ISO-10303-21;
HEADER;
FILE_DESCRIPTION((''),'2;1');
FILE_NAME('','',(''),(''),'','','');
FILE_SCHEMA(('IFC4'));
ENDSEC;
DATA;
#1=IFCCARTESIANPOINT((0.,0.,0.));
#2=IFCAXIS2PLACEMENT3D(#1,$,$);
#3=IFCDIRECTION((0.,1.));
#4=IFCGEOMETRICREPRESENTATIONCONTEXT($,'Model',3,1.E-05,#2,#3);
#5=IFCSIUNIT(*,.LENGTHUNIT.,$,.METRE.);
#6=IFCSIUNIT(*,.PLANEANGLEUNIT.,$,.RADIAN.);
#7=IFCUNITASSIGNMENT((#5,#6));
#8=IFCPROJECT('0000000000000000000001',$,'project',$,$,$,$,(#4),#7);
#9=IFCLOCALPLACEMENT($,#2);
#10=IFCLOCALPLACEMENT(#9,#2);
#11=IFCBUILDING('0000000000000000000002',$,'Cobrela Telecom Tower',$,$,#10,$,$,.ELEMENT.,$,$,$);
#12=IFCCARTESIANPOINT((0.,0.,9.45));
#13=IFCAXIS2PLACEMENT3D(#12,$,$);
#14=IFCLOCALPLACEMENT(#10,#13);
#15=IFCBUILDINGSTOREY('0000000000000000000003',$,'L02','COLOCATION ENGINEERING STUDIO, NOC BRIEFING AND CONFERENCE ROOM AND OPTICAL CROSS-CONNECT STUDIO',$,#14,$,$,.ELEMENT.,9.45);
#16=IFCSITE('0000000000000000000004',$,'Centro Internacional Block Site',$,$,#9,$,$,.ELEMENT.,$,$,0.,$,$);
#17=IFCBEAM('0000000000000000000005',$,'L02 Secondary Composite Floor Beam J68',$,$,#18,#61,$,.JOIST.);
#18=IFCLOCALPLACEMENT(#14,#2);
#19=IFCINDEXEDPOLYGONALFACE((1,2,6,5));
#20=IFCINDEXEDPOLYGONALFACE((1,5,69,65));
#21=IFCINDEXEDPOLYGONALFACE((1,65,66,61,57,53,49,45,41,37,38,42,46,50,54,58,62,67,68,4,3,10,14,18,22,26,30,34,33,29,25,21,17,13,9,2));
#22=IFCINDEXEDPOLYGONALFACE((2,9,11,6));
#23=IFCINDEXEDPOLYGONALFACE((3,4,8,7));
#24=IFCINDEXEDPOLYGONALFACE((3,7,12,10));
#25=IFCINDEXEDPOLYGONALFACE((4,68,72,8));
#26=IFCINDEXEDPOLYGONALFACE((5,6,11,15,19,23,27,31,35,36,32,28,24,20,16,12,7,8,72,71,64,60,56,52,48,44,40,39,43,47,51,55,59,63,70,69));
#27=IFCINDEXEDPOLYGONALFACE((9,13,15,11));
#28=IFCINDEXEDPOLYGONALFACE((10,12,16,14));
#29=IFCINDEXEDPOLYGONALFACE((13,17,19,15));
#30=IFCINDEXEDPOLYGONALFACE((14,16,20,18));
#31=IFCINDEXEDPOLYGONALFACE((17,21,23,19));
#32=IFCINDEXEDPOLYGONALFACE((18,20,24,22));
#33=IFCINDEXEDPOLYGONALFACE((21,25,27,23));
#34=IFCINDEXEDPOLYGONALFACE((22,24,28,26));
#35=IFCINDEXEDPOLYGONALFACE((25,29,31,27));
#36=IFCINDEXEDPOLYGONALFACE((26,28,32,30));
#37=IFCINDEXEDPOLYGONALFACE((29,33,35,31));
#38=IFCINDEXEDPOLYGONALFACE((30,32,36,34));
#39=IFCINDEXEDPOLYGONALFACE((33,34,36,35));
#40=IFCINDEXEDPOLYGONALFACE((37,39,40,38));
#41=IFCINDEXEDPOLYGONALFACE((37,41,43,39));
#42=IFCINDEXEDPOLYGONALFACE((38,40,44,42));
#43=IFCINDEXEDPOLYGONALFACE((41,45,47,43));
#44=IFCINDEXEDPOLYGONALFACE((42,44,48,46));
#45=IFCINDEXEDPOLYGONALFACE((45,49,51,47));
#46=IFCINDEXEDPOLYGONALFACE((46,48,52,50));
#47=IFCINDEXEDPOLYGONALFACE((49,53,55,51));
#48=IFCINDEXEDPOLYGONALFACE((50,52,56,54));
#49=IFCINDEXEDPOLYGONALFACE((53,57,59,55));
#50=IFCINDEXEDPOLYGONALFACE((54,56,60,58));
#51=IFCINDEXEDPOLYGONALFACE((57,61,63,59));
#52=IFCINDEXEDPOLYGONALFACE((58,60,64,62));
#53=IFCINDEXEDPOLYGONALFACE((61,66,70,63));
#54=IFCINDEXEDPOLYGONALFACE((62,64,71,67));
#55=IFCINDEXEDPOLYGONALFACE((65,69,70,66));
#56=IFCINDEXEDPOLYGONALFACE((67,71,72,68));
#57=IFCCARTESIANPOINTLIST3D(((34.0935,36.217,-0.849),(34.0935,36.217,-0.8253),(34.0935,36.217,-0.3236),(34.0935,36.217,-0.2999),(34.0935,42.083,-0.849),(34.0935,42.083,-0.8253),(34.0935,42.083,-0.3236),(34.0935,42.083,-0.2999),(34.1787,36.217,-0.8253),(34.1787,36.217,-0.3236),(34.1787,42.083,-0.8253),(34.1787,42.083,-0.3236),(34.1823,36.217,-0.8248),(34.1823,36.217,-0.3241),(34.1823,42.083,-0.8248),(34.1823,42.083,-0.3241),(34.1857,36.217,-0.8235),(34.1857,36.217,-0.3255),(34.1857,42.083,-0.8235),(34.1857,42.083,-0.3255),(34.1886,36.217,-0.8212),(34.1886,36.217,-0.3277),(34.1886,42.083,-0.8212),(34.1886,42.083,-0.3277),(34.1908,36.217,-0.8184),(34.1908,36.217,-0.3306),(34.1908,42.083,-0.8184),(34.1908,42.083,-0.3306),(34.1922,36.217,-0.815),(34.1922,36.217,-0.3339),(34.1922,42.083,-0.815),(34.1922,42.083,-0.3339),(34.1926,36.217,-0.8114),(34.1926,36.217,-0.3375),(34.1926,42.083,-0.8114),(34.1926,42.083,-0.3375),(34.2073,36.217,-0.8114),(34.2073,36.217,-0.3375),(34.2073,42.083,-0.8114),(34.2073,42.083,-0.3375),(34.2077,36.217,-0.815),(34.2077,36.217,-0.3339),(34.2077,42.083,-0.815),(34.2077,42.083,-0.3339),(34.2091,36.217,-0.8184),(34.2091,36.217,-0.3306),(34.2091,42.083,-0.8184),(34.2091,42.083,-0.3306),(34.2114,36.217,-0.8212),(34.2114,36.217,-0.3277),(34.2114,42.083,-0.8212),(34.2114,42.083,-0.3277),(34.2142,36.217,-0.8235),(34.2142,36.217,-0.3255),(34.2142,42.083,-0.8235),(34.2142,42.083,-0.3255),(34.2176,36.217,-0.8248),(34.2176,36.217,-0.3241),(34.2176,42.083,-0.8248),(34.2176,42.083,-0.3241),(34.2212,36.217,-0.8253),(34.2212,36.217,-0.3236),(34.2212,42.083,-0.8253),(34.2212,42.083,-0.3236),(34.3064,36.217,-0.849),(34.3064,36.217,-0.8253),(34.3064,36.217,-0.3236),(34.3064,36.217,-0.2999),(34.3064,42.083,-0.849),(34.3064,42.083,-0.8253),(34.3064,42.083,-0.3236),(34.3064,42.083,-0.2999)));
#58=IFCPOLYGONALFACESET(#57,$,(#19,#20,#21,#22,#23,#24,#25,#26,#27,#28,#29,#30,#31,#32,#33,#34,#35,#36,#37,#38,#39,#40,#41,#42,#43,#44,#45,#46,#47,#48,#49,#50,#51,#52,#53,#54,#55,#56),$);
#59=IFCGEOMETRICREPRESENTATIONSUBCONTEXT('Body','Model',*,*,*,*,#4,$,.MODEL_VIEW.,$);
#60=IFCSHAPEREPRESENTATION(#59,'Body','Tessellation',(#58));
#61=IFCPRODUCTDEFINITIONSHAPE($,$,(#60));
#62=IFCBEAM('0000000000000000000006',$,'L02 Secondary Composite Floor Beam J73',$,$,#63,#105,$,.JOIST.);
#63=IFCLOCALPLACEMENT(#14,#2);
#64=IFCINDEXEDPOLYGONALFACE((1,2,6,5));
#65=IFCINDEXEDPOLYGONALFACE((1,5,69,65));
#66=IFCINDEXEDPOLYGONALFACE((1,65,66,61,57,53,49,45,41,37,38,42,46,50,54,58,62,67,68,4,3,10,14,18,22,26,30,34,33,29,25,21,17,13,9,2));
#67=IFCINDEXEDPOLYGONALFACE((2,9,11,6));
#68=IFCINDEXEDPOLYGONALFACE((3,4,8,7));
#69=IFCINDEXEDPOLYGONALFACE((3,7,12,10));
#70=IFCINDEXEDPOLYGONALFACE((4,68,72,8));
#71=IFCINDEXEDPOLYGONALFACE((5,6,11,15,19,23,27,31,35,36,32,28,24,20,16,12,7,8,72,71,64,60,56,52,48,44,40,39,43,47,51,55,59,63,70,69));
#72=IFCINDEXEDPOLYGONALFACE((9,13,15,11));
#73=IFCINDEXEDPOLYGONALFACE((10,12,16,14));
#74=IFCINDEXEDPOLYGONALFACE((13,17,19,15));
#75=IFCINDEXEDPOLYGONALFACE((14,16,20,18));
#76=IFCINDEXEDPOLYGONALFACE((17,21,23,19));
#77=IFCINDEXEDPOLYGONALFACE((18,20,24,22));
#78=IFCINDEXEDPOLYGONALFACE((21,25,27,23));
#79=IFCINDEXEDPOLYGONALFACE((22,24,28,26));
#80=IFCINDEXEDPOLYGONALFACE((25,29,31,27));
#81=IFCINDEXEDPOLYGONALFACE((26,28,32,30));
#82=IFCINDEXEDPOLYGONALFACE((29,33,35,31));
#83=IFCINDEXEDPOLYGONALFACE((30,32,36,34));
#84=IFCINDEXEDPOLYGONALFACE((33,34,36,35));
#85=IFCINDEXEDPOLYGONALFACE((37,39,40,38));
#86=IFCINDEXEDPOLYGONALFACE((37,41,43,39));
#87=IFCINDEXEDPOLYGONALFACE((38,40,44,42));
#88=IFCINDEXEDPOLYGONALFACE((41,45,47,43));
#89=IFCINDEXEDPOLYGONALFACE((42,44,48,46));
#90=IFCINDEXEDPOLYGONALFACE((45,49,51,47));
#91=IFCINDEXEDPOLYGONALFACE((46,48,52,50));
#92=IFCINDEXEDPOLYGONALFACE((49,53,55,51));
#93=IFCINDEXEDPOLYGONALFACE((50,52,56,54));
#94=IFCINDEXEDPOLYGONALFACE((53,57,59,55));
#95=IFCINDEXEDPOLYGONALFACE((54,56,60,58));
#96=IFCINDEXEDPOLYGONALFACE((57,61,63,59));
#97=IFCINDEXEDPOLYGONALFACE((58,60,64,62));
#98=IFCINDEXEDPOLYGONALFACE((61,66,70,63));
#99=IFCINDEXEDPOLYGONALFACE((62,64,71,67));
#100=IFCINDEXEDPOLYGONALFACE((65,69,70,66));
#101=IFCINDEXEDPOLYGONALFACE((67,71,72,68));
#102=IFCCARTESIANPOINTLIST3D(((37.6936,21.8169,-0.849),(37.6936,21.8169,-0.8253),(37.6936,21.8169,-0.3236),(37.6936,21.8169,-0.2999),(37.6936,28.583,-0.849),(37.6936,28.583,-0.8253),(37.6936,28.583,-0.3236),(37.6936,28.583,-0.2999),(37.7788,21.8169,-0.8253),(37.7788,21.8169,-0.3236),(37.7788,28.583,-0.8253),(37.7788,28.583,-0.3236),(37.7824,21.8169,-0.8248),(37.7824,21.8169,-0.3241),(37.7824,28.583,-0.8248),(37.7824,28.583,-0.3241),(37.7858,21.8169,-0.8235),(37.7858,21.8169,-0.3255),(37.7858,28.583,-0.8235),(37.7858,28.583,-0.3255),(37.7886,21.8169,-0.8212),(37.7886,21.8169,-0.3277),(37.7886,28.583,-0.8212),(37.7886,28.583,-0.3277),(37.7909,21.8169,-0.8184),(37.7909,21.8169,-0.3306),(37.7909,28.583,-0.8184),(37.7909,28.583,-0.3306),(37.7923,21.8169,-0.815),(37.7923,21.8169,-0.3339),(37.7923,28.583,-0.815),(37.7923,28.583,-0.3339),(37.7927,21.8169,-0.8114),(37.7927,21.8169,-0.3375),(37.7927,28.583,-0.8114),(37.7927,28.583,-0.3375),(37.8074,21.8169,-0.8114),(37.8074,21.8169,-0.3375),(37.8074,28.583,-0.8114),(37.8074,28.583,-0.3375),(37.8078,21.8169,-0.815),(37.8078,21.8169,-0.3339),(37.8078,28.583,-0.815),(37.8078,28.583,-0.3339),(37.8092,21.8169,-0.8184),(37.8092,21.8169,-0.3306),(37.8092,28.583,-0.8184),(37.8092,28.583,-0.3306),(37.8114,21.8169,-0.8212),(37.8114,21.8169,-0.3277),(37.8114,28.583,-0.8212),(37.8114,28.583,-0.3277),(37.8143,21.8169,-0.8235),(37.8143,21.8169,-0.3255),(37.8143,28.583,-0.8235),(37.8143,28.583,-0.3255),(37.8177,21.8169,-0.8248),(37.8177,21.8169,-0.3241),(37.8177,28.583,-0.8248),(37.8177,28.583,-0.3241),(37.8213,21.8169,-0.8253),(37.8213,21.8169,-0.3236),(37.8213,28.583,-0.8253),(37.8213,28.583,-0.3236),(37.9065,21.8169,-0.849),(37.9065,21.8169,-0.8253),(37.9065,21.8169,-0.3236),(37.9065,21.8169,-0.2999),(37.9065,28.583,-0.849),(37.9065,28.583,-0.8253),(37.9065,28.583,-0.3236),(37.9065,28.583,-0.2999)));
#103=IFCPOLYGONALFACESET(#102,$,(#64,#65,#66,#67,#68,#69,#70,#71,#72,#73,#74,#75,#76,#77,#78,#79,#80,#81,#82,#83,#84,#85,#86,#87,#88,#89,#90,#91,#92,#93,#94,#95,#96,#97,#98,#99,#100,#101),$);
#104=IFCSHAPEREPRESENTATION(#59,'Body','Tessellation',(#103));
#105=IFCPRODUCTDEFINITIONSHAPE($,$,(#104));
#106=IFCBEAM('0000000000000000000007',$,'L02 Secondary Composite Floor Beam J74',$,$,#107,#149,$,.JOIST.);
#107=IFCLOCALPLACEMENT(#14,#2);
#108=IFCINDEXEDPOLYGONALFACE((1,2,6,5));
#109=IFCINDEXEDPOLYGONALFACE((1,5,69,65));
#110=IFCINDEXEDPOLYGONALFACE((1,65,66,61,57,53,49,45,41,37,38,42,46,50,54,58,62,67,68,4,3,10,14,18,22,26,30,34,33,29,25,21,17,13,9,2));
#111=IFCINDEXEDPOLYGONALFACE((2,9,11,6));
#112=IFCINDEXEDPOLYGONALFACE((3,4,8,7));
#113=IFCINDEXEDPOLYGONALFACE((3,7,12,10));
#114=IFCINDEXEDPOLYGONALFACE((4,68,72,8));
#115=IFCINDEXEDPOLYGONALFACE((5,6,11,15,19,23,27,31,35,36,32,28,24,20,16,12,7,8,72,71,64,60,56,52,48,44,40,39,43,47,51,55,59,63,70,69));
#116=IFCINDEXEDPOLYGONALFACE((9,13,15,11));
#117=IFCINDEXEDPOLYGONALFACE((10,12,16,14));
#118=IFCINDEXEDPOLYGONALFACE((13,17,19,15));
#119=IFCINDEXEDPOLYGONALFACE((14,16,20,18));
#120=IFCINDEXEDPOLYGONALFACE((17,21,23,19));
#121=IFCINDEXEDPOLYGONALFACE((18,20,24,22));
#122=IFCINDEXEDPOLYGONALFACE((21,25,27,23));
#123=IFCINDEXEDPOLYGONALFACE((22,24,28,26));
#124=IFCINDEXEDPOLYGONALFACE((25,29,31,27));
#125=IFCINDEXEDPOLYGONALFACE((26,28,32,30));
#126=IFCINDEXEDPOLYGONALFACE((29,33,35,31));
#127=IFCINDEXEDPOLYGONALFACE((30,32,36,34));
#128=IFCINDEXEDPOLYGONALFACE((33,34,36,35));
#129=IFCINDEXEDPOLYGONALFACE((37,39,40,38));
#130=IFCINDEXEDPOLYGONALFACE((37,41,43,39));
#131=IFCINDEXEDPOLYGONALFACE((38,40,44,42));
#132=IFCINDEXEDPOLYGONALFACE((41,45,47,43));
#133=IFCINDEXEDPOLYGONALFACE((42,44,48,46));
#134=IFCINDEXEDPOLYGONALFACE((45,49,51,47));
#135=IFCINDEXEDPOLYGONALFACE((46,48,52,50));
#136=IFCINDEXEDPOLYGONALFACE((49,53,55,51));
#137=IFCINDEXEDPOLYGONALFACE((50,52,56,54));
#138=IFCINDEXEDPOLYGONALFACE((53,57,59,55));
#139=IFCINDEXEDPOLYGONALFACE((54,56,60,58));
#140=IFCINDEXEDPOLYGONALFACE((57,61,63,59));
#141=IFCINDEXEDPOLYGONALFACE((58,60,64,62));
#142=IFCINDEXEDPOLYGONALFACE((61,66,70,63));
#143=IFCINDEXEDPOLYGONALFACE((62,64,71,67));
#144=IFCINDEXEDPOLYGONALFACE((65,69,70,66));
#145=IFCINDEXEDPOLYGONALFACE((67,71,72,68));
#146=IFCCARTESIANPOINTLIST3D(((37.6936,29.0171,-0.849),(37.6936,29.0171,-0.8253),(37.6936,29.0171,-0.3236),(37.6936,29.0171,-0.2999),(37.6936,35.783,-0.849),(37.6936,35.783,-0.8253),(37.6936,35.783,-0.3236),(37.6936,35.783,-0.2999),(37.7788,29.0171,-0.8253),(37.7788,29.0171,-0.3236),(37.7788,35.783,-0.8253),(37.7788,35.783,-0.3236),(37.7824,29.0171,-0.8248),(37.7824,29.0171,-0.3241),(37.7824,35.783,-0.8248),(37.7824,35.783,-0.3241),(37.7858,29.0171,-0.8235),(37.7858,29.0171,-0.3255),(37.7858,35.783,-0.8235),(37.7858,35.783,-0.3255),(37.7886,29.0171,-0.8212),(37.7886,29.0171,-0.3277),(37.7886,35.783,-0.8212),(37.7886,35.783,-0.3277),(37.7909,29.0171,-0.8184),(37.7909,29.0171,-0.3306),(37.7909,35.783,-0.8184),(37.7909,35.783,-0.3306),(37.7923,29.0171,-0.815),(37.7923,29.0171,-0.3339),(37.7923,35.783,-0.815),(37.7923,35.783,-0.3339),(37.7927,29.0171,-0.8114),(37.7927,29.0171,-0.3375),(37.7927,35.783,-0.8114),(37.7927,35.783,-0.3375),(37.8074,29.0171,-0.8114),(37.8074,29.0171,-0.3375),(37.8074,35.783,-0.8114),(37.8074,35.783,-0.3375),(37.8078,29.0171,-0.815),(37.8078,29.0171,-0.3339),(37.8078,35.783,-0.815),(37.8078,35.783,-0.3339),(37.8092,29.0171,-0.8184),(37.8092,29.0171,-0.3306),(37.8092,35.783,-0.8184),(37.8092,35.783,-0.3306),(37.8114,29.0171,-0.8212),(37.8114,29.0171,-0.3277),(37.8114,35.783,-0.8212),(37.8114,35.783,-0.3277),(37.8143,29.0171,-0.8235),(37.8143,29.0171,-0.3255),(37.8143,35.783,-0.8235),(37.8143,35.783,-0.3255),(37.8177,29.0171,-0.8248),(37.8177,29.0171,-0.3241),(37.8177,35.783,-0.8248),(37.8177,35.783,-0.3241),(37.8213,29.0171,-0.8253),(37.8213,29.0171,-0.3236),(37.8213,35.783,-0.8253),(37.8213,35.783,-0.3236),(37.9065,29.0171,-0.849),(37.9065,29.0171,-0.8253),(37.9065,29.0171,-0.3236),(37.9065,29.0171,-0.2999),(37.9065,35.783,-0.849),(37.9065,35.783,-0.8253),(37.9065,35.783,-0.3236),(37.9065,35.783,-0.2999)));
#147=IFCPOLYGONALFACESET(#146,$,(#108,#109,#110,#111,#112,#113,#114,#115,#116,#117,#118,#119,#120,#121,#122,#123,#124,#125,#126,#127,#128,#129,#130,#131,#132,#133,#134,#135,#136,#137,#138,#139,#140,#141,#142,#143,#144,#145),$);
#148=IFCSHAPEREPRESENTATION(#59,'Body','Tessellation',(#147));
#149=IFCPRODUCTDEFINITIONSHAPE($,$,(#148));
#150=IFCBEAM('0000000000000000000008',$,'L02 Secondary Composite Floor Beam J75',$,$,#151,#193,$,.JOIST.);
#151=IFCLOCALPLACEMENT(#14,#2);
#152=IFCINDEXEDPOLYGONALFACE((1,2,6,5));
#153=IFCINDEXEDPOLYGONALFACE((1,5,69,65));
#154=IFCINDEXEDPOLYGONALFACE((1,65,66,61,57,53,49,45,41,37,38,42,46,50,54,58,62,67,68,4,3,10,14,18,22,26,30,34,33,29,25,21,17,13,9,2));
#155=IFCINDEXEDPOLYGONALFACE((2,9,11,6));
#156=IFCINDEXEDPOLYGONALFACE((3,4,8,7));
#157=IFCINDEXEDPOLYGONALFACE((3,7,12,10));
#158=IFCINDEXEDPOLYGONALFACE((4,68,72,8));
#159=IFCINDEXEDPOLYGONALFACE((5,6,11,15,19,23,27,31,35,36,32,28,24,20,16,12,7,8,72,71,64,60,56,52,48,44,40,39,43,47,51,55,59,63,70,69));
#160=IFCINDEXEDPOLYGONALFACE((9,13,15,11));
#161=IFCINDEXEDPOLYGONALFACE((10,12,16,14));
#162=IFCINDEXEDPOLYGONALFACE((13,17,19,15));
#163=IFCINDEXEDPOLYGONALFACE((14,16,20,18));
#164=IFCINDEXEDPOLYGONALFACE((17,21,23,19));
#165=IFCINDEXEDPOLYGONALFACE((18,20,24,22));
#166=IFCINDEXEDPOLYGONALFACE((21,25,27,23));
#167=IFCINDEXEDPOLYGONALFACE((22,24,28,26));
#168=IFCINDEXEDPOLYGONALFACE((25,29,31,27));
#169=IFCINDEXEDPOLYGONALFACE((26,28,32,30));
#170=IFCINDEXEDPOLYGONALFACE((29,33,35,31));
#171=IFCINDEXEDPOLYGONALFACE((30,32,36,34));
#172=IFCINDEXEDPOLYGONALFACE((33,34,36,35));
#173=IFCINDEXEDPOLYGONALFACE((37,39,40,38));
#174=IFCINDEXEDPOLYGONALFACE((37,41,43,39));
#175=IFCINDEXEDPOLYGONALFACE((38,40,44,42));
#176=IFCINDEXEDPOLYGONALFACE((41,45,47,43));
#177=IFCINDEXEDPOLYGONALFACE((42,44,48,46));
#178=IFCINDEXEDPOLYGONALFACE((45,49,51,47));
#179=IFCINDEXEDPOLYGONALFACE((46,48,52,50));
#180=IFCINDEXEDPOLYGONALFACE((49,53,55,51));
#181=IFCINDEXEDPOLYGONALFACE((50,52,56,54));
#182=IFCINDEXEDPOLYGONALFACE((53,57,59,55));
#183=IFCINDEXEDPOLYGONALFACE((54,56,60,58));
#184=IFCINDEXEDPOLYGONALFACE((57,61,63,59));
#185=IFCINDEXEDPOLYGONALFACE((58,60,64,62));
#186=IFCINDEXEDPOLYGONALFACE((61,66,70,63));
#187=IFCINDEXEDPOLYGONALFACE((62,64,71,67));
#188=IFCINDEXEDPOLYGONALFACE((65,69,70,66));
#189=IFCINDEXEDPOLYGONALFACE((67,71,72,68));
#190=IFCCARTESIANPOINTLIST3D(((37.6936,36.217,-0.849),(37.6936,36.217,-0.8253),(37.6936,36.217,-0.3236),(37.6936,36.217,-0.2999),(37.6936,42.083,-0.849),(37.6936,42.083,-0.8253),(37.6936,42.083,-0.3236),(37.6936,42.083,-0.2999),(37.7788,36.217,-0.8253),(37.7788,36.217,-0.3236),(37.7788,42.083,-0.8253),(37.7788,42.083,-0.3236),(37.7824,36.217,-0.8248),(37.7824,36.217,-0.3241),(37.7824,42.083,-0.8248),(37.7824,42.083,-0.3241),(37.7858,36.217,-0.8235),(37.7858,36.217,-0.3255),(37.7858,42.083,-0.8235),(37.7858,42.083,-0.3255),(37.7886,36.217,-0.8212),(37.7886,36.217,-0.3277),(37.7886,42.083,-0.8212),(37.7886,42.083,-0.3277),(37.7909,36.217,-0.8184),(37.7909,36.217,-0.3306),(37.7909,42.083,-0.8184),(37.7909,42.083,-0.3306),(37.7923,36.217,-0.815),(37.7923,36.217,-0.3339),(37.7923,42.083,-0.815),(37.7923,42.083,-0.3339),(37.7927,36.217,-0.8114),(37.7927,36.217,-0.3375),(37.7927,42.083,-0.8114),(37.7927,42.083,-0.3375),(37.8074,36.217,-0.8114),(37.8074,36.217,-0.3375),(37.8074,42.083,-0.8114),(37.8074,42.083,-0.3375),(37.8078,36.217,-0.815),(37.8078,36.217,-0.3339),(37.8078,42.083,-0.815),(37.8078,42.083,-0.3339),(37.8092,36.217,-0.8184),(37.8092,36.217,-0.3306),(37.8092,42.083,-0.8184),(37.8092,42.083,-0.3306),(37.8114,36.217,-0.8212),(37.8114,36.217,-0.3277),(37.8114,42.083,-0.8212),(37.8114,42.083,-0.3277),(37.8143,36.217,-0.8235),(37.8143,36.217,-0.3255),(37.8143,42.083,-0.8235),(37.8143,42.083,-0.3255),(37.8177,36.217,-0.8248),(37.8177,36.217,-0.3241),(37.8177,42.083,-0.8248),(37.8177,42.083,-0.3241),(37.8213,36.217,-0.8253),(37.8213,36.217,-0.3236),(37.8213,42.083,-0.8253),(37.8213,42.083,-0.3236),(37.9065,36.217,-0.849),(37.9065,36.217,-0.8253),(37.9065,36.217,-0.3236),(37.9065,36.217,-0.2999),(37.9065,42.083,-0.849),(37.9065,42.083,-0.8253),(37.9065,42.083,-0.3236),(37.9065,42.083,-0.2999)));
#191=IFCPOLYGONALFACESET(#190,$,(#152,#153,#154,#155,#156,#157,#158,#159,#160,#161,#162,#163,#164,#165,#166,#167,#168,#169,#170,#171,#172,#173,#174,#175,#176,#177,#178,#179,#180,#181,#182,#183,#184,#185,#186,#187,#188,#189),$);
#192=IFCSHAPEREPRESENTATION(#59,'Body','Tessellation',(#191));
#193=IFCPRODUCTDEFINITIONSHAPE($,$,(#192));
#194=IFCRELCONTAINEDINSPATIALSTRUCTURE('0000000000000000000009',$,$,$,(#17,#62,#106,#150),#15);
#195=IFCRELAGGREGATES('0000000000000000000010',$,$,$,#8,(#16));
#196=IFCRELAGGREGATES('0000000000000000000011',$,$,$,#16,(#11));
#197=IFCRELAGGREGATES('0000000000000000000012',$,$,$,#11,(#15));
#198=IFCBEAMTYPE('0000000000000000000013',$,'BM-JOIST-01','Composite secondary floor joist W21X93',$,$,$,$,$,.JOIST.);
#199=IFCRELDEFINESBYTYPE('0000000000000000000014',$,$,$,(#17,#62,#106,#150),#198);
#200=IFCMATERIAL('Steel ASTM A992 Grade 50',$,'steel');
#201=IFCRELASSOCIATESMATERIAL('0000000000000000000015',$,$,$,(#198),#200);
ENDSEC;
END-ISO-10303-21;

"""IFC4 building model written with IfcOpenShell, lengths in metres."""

from ifc_helpers import new_model, si_unit, direction, frame, origin, origin_2d, place, context, subcontext, project, spatial, i_section, extrude, material, material_profile, profile_set, type_object, element, save


model = new_model("IFC4")

# Units and contexts
model_context = context("Model", 3, precision=1e-05, world=origin(), true_north=direction((0.0, 1.0)))
body_context = subcontext(model_context, "Body", "Model", "MODEL_VIEW")
ifc_project = project(units=[si_unit("LENGTHUNIT", "METRE"), si_unit("PLANEANGLEUNIT", "RADIAN")], contexts=[model_context])

# Site, building, storey
site_placement = place(None, origin())
site = spatial("IfcSite", under=ifc_project, at=site_placement, Name="Centro Internacional Block Site", CompositionType="ELEMENT", RefElevation=0.0)
building_placement = place(site_placement, origin())
building = spatial("IfcBuilding", under=site, at=building_placement, Name="Cobrela Telecom Tower", CompositionType="ELEMENT")
storey_placement = place(building_placement, frame((0.0, 0.0, 9.45)))
storey = spatial("IfcBuildingStorey", under=building, at=storey_placement, Name="L02", Description="COLOCATION ENGINEERING STUDIO, NOC BRIEFING AND CONFERENCE ROOM AND OPTICAL CROSS-CONNECT STUDIO", CompositionType="ELEMENT", Elevation=9.45)

# Beams
ifc_material_1 = material(Name="Steel ASTM A992 Grade 50", Category="steel")
ifc_material_profile_1 = material_profile(ifc_material_1, i_section(OverallWidth=0.2129, OverallDepth=0.5491, WebThickness=0.0146, FlangeThickness=0.0237, FilletRadius=0.0139, at=origin_2d()), Name="W21X93")
ifc_profile_set_1 = profile_set([ifc_material_profile_1], Name="Steel ASTM A992 Grade 50")
beam_type_1 = type_object("IfcBeamType", Name="BM-JOIST-01", Description="Composite secondary floor joist W21X93", PredefinedType="JOIST", material=ifc_profile_set_1)
beam_1_placement = place(storey_placement, frame((34.2, 36.217, -0.5745), z_axis=(0.0, 1.0, 0.0), x_axis=(-1.0, 0.0, 0.0)))
element("IfcBeam", 1, at=beam_1_placement, inside=storey, type_object=beam_type_1, Name="L02 Secondary Composite Floor Beam J68", PredefinedType="JOIST", context=body_context, shape_type="SweptSolid", body=[
    extrude(i_section(OverallWidth=0.2129, OverallDepth=0.5491, WebThickness=0.0146, FlangeThickness=0.0237, FilletRadius=0.0139, at=origin_2d()), origin(), (0.0, 0.0, 1.0), 5.866),
])
beam_2_placement = place(storey_placement, frame((37.8, 21.8169, -0.5745), z_axis=(0.0, 1.0, 0.0), x_axis=(-1.0, 0.0, 0.0)))
element("IfcBeam", 2, at=beam_2_placement, inside=storey, type_object=beam_type_1, Name="L02 Secondary Composite Floor Beam J73", PredefinedType="JOIST", context=body_context, shape_type="SweptSolid", body=[
    extrude(i_section(OverallWidth=0.2129, OverallDepth=0.5491, WebThickness=0.0146, FlangeThickness=0.0237, FilletRadius=0.0139, at=origin_2d()), origin(), (0.0, 0.0, 1.0), 6.7661),
])
beam_3_placement = place(storey_placement, frame((37.8, 29.0171, -0.5745), z_axis=(0.0, 1.0, 0.0), x_axis=(-1.0, 0.0, 0.0)))
element("IfcBeam", 3, at=beam_3_placement, inside=storey, type_object=beam_type_1, Name="L02 Secondary Composite Floor Beam J74", PredefinedType="JOIST", context=body_context, shape_type="SweptSolid", body=[
    extrude(i_section(OverallWidth=0.2129, OverallDepth=0.5491, WebThickness=0.0146, FlangeThickness=0.0237, FilletRadius=0.0139, at=origin_2d()), origin(), (0.0, 0.0, 1.0), 6.7659),
])
beam_4_placement = place(storey_placement, frame((37.8, 36.217, -0.5745), z_axis=(0.0, 1.0, 0.0), x_axis=(-1.0, 0.0, 0.0)))
element("IfcBeam", 4, at=beam_4_placement, inside=storey, type_object=beam_type_1, Name="L02 Secondary Composite Floor Beam J75", PredefinedType="JOIST", context=body_context, shape_type="SweptSolid", body=[
    extrude(i_section(OverallWidth=0.2129, OverallDepth=0.5491, WebThickness=0.0146, FlangeThickness=0.0237, FilletRadius=0.0139, at=origin_2d()), origin(), (0.0, 0.0, 1.0), 5.866),
])

save(model, "model.ifc")
